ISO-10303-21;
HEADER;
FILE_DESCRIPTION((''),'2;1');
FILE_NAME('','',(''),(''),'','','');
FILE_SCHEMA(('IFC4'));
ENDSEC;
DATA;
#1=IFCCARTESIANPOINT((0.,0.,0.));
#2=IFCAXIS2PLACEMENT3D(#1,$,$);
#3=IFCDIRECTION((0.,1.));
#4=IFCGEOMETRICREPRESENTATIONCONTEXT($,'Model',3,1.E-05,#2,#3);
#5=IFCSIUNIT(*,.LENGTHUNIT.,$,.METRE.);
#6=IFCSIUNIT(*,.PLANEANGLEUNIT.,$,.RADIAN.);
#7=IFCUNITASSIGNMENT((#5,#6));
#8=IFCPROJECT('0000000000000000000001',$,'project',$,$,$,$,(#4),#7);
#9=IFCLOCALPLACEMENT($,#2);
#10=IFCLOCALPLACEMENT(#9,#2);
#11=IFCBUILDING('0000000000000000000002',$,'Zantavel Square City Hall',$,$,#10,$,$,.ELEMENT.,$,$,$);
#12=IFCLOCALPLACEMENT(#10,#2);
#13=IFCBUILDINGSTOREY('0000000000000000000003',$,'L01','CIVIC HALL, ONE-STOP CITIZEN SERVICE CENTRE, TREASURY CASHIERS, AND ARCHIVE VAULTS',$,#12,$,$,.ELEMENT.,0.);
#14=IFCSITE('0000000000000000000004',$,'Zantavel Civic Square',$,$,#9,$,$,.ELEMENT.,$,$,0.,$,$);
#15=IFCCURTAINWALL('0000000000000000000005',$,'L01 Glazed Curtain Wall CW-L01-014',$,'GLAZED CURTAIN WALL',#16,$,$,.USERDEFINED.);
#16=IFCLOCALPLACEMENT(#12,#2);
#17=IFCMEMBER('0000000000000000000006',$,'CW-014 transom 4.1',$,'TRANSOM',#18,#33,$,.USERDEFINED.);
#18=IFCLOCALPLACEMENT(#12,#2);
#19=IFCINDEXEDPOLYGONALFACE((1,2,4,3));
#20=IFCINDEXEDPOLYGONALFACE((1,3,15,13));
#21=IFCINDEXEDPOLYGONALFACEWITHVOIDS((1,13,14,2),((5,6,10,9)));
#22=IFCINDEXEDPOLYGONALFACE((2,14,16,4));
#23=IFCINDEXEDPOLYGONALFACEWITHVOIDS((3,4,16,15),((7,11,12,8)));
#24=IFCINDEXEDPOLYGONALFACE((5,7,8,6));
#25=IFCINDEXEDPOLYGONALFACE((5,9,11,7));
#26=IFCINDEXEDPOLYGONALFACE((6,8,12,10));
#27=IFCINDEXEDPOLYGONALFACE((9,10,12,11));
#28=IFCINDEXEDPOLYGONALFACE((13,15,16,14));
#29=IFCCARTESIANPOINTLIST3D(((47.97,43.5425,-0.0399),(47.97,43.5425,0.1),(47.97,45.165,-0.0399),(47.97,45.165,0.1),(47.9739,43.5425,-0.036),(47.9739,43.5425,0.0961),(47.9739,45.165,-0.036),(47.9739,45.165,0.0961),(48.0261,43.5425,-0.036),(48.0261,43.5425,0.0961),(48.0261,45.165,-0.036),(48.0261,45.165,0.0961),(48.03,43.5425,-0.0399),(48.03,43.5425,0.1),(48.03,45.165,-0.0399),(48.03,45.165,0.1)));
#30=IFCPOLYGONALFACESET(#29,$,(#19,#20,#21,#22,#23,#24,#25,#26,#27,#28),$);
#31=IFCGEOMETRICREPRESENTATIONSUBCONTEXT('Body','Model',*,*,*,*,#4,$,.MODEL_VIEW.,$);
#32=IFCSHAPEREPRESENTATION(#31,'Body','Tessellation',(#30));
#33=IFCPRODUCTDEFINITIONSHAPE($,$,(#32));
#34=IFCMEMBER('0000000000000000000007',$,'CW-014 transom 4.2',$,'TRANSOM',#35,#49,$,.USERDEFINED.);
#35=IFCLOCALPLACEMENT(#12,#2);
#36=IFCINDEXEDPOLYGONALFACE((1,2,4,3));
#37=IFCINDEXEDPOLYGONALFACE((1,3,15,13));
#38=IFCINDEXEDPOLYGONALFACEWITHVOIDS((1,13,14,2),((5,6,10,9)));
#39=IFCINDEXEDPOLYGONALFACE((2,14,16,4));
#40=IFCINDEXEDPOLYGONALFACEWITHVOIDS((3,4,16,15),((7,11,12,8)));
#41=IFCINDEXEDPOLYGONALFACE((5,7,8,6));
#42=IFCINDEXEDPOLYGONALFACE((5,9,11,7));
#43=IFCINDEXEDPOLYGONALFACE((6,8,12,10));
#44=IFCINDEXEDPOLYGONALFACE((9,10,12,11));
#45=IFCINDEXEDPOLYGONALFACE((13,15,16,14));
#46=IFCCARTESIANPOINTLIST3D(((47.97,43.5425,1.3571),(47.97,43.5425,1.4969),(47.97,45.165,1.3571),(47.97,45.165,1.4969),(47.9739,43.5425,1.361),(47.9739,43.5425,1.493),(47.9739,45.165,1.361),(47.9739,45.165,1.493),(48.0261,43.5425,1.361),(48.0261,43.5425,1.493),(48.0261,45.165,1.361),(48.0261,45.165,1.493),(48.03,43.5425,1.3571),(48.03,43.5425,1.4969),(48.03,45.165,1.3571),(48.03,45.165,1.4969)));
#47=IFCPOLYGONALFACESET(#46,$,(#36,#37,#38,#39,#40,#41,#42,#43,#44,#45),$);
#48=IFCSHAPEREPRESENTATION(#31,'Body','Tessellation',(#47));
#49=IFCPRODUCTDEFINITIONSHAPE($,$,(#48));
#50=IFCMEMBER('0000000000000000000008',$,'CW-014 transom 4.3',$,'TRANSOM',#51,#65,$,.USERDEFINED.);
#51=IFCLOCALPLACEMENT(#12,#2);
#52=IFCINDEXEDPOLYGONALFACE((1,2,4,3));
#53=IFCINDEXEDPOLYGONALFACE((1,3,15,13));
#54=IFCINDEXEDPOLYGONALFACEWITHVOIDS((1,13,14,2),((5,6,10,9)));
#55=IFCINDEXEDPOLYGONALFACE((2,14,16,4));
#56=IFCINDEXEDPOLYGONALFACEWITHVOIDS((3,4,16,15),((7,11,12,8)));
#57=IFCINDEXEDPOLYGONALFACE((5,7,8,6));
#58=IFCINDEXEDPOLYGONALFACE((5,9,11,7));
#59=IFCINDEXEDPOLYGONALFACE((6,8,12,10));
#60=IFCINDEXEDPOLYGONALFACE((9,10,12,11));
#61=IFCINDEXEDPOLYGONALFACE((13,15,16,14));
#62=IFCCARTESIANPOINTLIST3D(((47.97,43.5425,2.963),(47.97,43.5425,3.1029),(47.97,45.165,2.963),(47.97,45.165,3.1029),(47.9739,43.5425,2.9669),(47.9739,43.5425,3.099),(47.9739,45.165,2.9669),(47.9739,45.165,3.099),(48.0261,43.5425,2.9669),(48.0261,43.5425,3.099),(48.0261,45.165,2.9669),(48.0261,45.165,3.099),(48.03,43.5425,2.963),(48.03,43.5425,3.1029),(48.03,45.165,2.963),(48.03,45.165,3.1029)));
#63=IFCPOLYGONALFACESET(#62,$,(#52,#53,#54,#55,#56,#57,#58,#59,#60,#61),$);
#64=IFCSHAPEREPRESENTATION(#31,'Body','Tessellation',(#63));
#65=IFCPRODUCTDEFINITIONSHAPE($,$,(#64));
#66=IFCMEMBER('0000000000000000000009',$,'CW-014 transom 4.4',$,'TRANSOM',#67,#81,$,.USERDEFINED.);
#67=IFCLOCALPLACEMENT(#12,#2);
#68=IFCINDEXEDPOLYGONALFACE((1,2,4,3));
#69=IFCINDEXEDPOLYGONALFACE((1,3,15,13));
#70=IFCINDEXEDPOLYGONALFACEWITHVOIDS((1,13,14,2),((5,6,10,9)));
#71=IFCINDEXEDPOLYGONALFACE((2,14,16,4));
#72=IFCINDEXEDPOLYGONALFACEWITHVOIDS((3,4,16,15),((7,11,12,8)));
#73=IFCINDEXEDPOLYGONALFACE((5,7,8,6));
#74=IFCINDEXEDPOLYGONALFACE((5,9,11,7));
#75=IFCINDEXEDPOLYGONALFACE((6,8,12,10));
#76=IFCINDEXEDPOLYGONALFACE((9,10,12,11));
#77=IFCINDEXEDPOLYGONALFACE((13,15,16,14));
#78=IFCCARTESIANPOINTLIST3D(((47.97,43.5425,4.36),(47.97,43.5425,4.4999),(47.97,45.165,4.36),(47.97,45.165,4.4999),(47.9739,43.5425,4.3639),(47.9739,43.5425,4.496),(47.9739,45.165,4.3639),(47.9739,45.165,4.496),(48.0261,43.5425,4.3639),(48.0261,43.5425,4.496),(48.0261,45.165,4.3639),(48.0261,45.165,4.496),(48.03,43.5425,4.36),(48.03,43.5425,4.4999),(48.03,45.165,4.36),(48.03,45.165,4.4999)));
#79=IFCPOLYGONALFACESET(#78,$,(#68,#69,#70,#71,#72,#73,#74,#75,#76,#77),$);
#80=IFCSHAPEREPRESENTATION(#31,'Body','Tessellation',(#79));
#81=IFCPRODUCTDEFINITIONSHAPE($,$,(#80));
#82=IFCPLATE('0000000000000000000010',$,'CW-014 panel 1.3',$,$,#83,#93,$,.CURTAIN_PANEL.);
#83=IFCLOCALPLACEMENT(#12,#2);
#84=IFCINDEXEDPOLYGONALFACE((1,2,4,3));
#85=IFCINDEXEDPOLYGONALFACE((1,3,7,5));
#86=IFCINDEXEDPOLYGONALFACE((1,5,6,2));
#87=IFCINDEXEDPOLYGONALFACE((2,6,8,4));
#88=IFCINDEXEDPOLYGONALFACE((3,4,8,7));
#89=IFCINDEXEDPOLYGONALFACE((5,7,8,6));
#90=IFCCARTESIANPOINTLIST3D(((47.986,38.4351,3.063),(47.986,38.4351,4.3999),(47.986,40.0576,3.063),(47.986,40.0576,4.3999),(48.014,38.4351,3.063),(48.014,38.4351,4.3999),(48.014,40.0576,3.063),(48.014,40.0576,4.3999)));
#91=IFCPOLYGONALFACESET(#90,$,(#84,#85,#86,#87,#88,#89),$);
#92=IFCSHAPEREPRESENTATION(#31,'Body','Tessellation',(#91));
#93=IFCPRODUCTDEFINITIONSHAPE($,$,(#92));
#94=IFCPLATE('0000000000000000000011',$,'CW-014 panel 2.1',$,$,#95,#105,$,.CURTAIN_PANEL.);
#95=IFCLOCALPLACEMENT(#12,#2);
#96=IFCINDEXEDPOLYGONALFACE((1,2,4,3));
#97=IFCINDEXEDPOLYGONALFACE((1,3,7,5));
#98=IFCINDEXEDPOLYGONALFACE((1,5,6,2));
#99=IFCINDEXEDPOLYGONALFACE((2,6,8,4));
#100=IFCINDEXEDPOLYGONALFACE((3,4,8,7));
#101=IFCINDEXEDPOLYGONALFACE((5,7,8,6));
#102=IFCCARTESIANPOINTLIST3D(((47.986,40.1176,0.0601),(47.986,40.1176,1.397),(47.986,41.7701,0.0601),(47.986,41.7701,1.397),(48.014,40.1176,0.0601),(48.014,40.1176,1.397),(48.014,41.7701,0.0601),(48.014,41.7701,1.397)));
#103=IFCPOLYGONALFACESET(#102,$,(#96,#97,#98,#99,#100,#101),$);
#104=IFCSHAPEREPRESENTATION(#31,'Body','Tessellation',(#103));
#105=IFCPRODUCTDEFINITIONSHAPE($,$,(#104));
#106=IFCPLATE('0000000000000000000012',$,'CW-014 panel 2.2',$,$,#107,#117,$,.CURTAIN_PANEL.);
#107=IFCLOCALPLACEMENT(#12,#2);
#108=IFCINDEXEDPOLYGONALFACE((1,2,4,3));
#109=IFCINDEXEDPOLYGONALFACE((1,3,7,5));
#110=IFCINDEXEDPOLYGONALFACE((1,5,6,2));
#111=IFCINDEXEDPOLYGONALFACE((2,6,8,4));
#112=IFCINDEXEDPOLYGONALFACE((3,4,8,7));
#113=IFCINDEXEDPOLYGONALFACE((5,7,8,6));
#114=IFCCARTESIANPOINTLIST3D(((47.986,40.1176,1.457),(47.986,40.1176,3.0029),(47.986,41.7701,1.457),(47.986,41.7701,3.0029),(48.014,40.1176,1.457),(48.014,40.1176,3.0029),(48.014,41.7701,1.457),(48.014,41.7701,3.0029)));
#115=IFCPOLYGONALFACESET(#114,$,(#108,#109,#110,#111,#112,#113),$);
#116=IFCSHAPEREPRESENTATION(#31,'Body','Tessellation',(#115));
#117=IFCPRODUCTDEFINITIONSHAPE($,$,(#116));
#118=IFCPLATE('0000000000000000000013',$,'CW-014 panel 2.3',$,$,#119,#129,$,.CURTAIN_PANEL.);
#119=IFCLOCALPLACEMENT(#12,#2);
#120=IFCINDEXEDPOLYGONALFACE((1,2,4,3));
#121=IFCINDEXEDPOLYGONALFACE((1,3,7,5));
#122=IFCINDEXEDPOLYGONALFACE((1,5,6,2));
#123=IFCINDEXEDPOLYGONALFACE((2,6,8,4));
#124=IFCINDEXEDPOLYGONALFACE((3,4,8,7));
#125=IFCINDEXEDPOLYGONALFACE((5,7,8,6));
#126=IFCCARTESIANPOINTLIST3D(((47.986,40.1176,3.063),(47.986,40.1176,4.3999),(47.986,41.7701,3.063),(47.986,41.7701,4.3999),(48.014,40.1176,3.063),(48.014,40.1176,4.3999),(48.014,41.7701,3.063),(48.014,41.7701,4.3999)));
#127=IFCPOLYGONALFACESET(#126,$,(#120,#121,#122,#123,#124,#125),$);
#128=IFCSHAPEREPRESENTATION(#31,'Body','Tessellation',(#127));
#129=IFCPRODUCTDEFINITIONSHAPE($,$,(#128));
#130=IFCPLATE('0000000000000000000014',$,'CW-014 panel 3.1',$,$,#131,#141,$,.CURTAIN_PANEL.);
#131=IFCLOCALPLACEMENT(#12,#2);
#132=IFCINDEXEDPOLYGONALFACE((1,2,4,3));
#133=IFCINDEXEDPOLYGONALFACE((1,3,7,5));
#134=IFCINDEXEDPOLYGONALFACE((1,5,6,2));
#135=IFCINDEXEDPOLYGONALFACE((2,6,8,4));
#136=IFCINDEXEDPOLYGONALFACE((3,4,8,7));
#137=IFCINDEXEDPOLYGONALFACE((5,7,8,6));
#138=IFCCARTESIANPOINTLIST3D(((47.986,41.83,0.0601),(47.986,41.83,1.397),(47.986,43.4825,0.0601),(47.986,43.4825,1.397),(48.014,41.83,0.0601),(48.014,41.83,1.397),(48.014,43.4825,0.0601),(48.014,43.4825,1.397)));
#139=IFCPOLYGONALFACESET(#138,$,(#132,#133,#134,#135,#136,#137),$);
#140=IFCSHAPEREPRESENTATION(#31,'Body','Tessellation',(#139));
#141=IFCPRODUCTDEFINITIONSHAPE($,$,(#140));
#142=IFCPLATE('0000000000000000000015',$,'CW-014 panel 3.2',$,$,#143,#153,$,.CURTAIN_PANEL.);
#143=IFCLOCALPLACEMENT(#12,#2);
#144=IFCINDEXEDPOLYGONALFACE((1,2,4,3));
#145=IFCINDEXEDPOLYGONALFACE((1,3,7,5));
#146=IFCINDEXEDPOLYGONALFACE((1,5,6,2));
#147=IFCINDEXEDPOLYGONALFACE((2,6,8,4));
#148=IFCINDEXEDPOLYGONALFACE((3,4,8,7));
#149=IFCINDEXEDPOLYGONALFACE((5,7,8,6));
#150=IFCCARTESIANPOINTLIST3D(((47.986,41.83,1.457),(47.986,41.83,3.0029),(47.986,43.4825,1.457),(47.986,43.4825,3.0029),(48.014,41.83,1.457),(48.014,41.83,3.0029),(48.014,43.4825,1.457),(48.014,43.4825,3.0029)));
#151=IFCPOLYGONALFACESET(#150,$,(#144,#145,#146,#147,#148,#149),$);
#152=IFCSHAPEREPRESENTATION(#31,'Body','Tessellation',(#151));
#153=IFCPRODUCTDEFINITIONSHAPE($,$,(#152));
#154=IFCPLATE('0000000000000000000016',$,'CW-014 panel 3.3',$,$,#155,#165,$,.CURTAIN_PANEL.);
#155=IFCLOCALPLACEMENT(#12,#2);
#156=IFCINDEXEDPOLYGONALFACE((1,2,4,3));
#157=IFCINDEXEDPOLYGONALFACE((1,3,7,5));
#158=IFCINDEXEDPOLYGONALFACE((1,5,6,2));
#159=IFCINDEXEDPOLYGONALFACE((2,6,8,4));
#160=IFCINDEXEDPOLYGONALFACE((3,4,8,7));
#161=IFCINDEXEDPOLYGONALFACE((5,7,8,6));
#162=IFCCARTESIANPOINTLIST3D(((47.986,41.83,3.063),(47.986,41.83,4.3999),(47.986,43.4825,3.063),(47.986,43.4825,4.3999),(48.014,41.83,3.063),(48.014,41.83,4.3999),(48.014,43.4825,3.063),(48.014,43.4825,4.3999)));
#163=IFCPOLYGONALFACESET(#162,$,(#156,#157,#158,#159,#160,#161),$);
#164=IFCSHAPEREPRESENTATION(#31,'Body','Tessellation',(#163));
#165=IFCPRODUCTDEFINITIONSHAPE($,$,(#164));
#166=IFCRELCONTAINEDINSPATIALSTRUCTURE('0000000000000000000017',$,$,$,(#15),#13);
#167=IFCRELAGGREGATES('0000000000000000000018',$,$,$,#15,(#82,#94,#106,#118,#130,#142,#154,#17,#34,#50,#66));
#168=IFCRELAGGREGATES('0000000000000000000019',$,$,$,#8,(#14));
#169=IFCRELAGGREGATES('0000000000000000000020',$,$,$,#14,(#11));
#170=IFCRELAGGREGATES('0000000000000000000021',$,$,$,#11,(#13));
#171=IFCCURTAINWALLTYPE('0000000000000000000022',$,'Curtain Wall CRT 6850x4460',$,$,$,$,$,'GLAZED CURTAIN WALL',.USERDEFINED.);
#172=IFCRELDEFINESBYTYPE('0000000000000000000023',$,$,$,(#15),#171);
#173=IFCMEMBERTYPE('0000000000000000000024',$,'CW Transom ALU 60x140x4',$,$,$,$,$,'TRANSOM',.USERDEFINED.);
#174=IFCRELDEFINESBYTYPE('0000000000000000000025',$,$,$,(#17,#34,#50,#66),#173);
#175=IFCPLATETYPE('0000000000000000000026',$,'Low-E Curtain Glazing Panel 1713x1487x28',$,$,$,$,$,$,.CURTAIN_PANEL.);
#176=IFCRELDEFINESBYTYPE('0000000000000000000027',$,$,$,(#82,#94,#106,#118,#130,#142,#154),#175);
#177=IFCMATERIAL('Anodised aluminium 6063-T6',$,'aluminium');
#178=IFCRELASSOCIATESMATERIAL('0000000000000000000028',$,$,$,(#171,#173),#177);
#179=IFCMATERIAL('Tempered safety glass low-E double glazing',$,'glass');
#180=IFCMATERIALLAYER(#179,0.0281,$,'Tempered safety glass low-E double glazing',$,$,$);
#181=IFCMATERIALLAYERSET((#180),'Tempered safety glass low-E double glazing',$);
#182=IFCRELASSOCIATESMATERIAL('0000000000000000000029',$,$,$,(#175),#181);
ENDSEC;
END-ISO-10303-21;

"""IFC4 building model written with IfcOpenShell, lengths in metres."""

from ifc_helpers import new_model, si_unit, direction, frame, origin, origin_2d, place, context, subcontext, project, spatial, rectangle, hollow_rectangle, extrude, material, layer, layer_set, material_profile, profile_set, type_object, element, aggregate, save


model = new_model("IFC4")

# Units and contexts
model_context = context("Model", 3, precision=1e-05, world=origin(), true_north=direction((0.0, 1.0)))
body_context = subcontext(model_context, "Body", "Model", "MODEL_VIEW")
ifc_project = project(units=[si_unit("LENGTHUNIT", "METRE"), si_unit("PLANEANGLEUNIT", "RADIAN")], contexts=[model_context])

# Site, building, storey
site_placement = place(None, origin())
site = spatial("IfcSite", under=ifc_project, at=site_placement, Name="Zantavel Civic Square", CompositionType="ELEMENT", RefElevation=0.0)
building_placement = place(site_placement, origin())
building = spatial("IfcBuilding", under=site, at=building_placement, Name="Zantavel Square City Hall", CompositionType="ELEMENT")
storey_placement = place(building_placement, origin())
storey = spatial("IfcBuildingStorey", under=building, at=storey_placement, Name="L01", Description="CIVIC HALL, ONE-STOP CITIZEN SERVICE CENTRE, TREASURY CASHIERS, AND ARCHIVE VAULTS", CompositionType="ELEMENT", Elevation=0.0)

# Curtain wall, members, plates
ifc_material_1 = material(Name="Anodised aluminium 6063-T6", Category="aluminium")
curtain_wall_type = type_object("IfcCurtainWallType", Name="Curtain Wall CRT 6850x4460", ElementType="GLAZED CURTAIN WALL", PredefinedType="USERDEFINED", material=ifc_material_1)
curtain_wall_placement = place(storey_placement, origin())
curtain_wall = element("IfcCurtainWall", 1, at=curtain_wall_placement, inside=storey, type_object=curtain_wall_type, Name="L01 Glazed Curtain Wall CW-L01-014", ObjectType="GLAZED CURTAIN WALL", PredefinedType="USERDEFINED")
ifc_material_profile_1 = material_profile(ifc_material_1, hollow_rectangle(XDim=0.0601, YDim=0.1399, WallThickness=0.0039, at=origin_2d()), Name="ALU 60x140x4")
ifc_profile_set_1 = profile_set([ifc_material_profile_1], Name="Anodised aluminium 6063-T6")
member_type_1 = type_object("IfcMemberType", Name="CW Transom ALU 60x140x4", ElementType="TRANSOM", PredefinedType="USERDEFINED", material=ifc_profile_set_1)
member_1_placement = place(storey_placement, frame((48.0, 43.5425, 0.03), z_axis=(0.0, 1.0, 0.0), x_axis=(-1.0, 0.0, 0.0)))
member_1 = element("IfcMember", 2, at=member_1_placement, type_object=member_type_1, Name="CW-014 transom 4.1", ObjectType="TRANSOM", PredefinedType="USERDEFINED", context=body_context, shape_type="SweptSolid", body=[
    extrude(hollow_rectangle(XDim=0.0601, YDim=0.1399, WallThickness=0.0039, at=origin_2d()), origin(), (0.0, 0.0, 1.0), 1.6226),
])
member_2_placement = place(storey_placement, frame((48.0, 43.5425, 1.427), z_axis=(0.0, 1.0, 0.0), x_axis=(-1.0, 0.0, 0.0)))
member_2 = element("IfcMember", 3, at=member_2_placement, type_object=member_type_1, Name="CW-014 transom 4.2", ObjectType="TRANSOM", PredefinedType="USERDEFINED", context=body_context, shape_type="SweptSolid", body=[
    extrude(hollow_rectangle(XDim=0.0601, YDim=0.1399, WallThickness=0.0039, at=origin_2d()), origin(), (0.0, 0.0, 1.0), 1.6226),
])
member_3_placement = place(storey_placement, frame((48.0, 43.5425, 3.033), z_axis=(0.0, 1.0, 0.0), x_axis=(-1.0, 0.0, 0.0)))
member_3 = element("IfcMember", 4, at=member_3_placement, type_object=member_type_1, Name="CW-014 transom 4.3", ObjectType="TRANSOM", PredefinedType="USERDEFINED", context=body_context, shape_type="SweptSolid", body=[
    extrude(hollow_rectangle(XDim=0.0601, YDim=0.1399, WallThickness=0.0039, at=origin_2d()), origin(), (0.0, 0.0, 1.0), 1.6226),
])
member_4_placement = place(storey_placement, frame((48.0, 43.5425, 4.4299), z_axis=(0.0, 1.0, 0.0), x_axis=(-1.0, 0.0, 0.0)))
member_4 = element("IfcMember", 5, at=member_4_placement, type_object=member_type_1, Name="CW-014 transom 4.4", ObjectType="TRANSOM", PredefinedType="USERDEFINED", context=body_context, shape_type="SweptSolid", body=[
    extrude(hollow_rectangle(XDim=0.0601, YDim=0.1399, WallThickness=0.0039, at=origin_2d()), origin(), (0.0, 0.0, 1.0), 1.6226),
])
ifc_material_2 = material(Name="Tempered safety glass low-E double glazing", Category="glass")
ifc_layer = layer(ifc_material_2, 0.0281, Name="Tempered safety glass low-E double glazing")
ifc_layer_set = layer_set([ifc_layer], Name="Tempered safety glass low-E double glazing")
plate_type = type_object("IfcPlateType", Name="Low-E Curtain Glazing Panel 1713x1487x28", PredefinedType="CURTAIN_PANEL", material=ifc_layer_set)
plate_1_placement = place(storey_placement, frame((48.0, 39.2463, 3.063), z_axis=(0.0, 0.0, 1.0), x_axis=(0.0, 1.0, 0.0)))
plate_1 = element("IfcPlate", 6, at=plate_1_placement, type_object=plate_type, Name="CW-014 panel 1.3", PredefinedType="CURTAIN_PANEL", context=body_context, shape_type="SweptSolid", body=[
    extrude(rectangle(XDim=1.6226, YDim=0.0281, at=origin_2d()), origin(), (0.0, 0.0, 1.0), 1.3369),
])
plate_2_placement = place(storey_placement, frame((48.0, 40.9438, 0.0601), z_axis=(0.0, 0.0, 1.0), x_axis=(0.0, 1.0, 0.0)))
plate_2 = element("IfcPlate", 7, at=plate_2_placement, type_object=plate_type, Name="CW-014 panel 2.1", PredefinedType="CURTAIN_PANEL", context=body_context, shape_type="SweptSolid", body=[
    extrude(rectangle(XDim=1.6526, YDim=0.0281, at=origin_2d()), origin(), (0.0, 0.0, 1.0), 1.3369),
])
plate_3_placement = place(storey_placement, frame((48.0, 40.9438, 1.457), z_axis=(0.0, 0.0, 1.0), x_axis=(0.0, 1.0, 0.0)))
plate_3 = element("IfcPlate", 8, at=plate_3_placement, type_object=plate_type, Name="CW-014 panel 2.2", PredefinedType="CURTAIN_PANEL", context=body_context, shape_type="SweptSolid", body=[
    extrude(rectangle(XDim=1.6526, YDim=0.0281, at=origin_2d()), origin(), (0.0, 0.0, 1.0), 1.5459),
])
plate_4_placement = place(storey_placement, frame((48.0, 40.9438, 3.063), z_axis=(0.0, 0.0, 1.0), x_axis=(0.0, 1.0, 0.0)))
plate_4 = element("IfcPlate", 9, at=plate_4_placement, type_object=plate_type, Name="CW-014 panel 2.3", PredefinedType="CURTAIN_PANEL", context=body_context, shape_type="SweptSolid", body=[
    extrude(rectangle(XDim=1.6526, YDim=0.0281, at=origin_2d()), origin(), (0.0, 0.0, 1.0), 1.3369),
])
plate_5_placement = place(storey_placement, frame((48.0, 42.6562, 0.0601), z_axis=(0.0, 0.0, 1.0), x_axis=(0.0, 1.0, 0.0)))
plate_5 = element("IfcPlate", 10, at=plate_5_placement, type_object=plate_type, Name="CW-014 panel 3.1", PredefinedType="CURTAIN_PANEL", context=body_context, shape_type="SweptSolid", body=[
    extrude(rectangle(XDim=1.6526, YDim=0.0281, at=origin_2d()), origin(), (0.0, 0.0, 1.0), 1.3369),
])
plate_6_placement = place(storey_placement, frame((48.0, 42.6562, 1.457), z_axis=(0.0, 0.0, 1.0), x_axis=(0.0, 1.0, 0.0)))
plate_6 = element("IfcPlate", 11, at=plate_6_placement, type_object=plate_type, Name="CW-014 panel 3.2", PredefinedType="CURTAIN_PANEL", context=body_context, shape_type="SweptSolid", body=[
    extrude(rectangle(XDim=1.6526, YDim=0.0281, at=origin_2d()), origin(), (0.0, 0.0, 1.0), 1.5459),
])
plate_7_placement = place(storey_placement, frame((48.0, 42.6562, 3.063), z_axis=(0.0, 0.0, 1.0), x_axis=(0.0, 1.0, 0.0)))
plate_7 = element("IfcPlate", 12, at=plate_7_placement, type_object=plate_type, Name="CW-014 panel 3.3", PredefinedType="CURTAIN_PANEL", context=body_context, shape_type="SweptSolid", body=[
    extrude(rectangle(XDim=1.6526, YDim=0.0281, at=origin_2d()), origin(), (0.0, 0.0, 1.0), 1.3369),
])
aggregate(curtain_wall, [plate_1, plate_2, plate_3, plate_4, plate_5, plate_6, plate_7, member_1, member_2, member_3, member_4])

save(model, "model.ifc")
